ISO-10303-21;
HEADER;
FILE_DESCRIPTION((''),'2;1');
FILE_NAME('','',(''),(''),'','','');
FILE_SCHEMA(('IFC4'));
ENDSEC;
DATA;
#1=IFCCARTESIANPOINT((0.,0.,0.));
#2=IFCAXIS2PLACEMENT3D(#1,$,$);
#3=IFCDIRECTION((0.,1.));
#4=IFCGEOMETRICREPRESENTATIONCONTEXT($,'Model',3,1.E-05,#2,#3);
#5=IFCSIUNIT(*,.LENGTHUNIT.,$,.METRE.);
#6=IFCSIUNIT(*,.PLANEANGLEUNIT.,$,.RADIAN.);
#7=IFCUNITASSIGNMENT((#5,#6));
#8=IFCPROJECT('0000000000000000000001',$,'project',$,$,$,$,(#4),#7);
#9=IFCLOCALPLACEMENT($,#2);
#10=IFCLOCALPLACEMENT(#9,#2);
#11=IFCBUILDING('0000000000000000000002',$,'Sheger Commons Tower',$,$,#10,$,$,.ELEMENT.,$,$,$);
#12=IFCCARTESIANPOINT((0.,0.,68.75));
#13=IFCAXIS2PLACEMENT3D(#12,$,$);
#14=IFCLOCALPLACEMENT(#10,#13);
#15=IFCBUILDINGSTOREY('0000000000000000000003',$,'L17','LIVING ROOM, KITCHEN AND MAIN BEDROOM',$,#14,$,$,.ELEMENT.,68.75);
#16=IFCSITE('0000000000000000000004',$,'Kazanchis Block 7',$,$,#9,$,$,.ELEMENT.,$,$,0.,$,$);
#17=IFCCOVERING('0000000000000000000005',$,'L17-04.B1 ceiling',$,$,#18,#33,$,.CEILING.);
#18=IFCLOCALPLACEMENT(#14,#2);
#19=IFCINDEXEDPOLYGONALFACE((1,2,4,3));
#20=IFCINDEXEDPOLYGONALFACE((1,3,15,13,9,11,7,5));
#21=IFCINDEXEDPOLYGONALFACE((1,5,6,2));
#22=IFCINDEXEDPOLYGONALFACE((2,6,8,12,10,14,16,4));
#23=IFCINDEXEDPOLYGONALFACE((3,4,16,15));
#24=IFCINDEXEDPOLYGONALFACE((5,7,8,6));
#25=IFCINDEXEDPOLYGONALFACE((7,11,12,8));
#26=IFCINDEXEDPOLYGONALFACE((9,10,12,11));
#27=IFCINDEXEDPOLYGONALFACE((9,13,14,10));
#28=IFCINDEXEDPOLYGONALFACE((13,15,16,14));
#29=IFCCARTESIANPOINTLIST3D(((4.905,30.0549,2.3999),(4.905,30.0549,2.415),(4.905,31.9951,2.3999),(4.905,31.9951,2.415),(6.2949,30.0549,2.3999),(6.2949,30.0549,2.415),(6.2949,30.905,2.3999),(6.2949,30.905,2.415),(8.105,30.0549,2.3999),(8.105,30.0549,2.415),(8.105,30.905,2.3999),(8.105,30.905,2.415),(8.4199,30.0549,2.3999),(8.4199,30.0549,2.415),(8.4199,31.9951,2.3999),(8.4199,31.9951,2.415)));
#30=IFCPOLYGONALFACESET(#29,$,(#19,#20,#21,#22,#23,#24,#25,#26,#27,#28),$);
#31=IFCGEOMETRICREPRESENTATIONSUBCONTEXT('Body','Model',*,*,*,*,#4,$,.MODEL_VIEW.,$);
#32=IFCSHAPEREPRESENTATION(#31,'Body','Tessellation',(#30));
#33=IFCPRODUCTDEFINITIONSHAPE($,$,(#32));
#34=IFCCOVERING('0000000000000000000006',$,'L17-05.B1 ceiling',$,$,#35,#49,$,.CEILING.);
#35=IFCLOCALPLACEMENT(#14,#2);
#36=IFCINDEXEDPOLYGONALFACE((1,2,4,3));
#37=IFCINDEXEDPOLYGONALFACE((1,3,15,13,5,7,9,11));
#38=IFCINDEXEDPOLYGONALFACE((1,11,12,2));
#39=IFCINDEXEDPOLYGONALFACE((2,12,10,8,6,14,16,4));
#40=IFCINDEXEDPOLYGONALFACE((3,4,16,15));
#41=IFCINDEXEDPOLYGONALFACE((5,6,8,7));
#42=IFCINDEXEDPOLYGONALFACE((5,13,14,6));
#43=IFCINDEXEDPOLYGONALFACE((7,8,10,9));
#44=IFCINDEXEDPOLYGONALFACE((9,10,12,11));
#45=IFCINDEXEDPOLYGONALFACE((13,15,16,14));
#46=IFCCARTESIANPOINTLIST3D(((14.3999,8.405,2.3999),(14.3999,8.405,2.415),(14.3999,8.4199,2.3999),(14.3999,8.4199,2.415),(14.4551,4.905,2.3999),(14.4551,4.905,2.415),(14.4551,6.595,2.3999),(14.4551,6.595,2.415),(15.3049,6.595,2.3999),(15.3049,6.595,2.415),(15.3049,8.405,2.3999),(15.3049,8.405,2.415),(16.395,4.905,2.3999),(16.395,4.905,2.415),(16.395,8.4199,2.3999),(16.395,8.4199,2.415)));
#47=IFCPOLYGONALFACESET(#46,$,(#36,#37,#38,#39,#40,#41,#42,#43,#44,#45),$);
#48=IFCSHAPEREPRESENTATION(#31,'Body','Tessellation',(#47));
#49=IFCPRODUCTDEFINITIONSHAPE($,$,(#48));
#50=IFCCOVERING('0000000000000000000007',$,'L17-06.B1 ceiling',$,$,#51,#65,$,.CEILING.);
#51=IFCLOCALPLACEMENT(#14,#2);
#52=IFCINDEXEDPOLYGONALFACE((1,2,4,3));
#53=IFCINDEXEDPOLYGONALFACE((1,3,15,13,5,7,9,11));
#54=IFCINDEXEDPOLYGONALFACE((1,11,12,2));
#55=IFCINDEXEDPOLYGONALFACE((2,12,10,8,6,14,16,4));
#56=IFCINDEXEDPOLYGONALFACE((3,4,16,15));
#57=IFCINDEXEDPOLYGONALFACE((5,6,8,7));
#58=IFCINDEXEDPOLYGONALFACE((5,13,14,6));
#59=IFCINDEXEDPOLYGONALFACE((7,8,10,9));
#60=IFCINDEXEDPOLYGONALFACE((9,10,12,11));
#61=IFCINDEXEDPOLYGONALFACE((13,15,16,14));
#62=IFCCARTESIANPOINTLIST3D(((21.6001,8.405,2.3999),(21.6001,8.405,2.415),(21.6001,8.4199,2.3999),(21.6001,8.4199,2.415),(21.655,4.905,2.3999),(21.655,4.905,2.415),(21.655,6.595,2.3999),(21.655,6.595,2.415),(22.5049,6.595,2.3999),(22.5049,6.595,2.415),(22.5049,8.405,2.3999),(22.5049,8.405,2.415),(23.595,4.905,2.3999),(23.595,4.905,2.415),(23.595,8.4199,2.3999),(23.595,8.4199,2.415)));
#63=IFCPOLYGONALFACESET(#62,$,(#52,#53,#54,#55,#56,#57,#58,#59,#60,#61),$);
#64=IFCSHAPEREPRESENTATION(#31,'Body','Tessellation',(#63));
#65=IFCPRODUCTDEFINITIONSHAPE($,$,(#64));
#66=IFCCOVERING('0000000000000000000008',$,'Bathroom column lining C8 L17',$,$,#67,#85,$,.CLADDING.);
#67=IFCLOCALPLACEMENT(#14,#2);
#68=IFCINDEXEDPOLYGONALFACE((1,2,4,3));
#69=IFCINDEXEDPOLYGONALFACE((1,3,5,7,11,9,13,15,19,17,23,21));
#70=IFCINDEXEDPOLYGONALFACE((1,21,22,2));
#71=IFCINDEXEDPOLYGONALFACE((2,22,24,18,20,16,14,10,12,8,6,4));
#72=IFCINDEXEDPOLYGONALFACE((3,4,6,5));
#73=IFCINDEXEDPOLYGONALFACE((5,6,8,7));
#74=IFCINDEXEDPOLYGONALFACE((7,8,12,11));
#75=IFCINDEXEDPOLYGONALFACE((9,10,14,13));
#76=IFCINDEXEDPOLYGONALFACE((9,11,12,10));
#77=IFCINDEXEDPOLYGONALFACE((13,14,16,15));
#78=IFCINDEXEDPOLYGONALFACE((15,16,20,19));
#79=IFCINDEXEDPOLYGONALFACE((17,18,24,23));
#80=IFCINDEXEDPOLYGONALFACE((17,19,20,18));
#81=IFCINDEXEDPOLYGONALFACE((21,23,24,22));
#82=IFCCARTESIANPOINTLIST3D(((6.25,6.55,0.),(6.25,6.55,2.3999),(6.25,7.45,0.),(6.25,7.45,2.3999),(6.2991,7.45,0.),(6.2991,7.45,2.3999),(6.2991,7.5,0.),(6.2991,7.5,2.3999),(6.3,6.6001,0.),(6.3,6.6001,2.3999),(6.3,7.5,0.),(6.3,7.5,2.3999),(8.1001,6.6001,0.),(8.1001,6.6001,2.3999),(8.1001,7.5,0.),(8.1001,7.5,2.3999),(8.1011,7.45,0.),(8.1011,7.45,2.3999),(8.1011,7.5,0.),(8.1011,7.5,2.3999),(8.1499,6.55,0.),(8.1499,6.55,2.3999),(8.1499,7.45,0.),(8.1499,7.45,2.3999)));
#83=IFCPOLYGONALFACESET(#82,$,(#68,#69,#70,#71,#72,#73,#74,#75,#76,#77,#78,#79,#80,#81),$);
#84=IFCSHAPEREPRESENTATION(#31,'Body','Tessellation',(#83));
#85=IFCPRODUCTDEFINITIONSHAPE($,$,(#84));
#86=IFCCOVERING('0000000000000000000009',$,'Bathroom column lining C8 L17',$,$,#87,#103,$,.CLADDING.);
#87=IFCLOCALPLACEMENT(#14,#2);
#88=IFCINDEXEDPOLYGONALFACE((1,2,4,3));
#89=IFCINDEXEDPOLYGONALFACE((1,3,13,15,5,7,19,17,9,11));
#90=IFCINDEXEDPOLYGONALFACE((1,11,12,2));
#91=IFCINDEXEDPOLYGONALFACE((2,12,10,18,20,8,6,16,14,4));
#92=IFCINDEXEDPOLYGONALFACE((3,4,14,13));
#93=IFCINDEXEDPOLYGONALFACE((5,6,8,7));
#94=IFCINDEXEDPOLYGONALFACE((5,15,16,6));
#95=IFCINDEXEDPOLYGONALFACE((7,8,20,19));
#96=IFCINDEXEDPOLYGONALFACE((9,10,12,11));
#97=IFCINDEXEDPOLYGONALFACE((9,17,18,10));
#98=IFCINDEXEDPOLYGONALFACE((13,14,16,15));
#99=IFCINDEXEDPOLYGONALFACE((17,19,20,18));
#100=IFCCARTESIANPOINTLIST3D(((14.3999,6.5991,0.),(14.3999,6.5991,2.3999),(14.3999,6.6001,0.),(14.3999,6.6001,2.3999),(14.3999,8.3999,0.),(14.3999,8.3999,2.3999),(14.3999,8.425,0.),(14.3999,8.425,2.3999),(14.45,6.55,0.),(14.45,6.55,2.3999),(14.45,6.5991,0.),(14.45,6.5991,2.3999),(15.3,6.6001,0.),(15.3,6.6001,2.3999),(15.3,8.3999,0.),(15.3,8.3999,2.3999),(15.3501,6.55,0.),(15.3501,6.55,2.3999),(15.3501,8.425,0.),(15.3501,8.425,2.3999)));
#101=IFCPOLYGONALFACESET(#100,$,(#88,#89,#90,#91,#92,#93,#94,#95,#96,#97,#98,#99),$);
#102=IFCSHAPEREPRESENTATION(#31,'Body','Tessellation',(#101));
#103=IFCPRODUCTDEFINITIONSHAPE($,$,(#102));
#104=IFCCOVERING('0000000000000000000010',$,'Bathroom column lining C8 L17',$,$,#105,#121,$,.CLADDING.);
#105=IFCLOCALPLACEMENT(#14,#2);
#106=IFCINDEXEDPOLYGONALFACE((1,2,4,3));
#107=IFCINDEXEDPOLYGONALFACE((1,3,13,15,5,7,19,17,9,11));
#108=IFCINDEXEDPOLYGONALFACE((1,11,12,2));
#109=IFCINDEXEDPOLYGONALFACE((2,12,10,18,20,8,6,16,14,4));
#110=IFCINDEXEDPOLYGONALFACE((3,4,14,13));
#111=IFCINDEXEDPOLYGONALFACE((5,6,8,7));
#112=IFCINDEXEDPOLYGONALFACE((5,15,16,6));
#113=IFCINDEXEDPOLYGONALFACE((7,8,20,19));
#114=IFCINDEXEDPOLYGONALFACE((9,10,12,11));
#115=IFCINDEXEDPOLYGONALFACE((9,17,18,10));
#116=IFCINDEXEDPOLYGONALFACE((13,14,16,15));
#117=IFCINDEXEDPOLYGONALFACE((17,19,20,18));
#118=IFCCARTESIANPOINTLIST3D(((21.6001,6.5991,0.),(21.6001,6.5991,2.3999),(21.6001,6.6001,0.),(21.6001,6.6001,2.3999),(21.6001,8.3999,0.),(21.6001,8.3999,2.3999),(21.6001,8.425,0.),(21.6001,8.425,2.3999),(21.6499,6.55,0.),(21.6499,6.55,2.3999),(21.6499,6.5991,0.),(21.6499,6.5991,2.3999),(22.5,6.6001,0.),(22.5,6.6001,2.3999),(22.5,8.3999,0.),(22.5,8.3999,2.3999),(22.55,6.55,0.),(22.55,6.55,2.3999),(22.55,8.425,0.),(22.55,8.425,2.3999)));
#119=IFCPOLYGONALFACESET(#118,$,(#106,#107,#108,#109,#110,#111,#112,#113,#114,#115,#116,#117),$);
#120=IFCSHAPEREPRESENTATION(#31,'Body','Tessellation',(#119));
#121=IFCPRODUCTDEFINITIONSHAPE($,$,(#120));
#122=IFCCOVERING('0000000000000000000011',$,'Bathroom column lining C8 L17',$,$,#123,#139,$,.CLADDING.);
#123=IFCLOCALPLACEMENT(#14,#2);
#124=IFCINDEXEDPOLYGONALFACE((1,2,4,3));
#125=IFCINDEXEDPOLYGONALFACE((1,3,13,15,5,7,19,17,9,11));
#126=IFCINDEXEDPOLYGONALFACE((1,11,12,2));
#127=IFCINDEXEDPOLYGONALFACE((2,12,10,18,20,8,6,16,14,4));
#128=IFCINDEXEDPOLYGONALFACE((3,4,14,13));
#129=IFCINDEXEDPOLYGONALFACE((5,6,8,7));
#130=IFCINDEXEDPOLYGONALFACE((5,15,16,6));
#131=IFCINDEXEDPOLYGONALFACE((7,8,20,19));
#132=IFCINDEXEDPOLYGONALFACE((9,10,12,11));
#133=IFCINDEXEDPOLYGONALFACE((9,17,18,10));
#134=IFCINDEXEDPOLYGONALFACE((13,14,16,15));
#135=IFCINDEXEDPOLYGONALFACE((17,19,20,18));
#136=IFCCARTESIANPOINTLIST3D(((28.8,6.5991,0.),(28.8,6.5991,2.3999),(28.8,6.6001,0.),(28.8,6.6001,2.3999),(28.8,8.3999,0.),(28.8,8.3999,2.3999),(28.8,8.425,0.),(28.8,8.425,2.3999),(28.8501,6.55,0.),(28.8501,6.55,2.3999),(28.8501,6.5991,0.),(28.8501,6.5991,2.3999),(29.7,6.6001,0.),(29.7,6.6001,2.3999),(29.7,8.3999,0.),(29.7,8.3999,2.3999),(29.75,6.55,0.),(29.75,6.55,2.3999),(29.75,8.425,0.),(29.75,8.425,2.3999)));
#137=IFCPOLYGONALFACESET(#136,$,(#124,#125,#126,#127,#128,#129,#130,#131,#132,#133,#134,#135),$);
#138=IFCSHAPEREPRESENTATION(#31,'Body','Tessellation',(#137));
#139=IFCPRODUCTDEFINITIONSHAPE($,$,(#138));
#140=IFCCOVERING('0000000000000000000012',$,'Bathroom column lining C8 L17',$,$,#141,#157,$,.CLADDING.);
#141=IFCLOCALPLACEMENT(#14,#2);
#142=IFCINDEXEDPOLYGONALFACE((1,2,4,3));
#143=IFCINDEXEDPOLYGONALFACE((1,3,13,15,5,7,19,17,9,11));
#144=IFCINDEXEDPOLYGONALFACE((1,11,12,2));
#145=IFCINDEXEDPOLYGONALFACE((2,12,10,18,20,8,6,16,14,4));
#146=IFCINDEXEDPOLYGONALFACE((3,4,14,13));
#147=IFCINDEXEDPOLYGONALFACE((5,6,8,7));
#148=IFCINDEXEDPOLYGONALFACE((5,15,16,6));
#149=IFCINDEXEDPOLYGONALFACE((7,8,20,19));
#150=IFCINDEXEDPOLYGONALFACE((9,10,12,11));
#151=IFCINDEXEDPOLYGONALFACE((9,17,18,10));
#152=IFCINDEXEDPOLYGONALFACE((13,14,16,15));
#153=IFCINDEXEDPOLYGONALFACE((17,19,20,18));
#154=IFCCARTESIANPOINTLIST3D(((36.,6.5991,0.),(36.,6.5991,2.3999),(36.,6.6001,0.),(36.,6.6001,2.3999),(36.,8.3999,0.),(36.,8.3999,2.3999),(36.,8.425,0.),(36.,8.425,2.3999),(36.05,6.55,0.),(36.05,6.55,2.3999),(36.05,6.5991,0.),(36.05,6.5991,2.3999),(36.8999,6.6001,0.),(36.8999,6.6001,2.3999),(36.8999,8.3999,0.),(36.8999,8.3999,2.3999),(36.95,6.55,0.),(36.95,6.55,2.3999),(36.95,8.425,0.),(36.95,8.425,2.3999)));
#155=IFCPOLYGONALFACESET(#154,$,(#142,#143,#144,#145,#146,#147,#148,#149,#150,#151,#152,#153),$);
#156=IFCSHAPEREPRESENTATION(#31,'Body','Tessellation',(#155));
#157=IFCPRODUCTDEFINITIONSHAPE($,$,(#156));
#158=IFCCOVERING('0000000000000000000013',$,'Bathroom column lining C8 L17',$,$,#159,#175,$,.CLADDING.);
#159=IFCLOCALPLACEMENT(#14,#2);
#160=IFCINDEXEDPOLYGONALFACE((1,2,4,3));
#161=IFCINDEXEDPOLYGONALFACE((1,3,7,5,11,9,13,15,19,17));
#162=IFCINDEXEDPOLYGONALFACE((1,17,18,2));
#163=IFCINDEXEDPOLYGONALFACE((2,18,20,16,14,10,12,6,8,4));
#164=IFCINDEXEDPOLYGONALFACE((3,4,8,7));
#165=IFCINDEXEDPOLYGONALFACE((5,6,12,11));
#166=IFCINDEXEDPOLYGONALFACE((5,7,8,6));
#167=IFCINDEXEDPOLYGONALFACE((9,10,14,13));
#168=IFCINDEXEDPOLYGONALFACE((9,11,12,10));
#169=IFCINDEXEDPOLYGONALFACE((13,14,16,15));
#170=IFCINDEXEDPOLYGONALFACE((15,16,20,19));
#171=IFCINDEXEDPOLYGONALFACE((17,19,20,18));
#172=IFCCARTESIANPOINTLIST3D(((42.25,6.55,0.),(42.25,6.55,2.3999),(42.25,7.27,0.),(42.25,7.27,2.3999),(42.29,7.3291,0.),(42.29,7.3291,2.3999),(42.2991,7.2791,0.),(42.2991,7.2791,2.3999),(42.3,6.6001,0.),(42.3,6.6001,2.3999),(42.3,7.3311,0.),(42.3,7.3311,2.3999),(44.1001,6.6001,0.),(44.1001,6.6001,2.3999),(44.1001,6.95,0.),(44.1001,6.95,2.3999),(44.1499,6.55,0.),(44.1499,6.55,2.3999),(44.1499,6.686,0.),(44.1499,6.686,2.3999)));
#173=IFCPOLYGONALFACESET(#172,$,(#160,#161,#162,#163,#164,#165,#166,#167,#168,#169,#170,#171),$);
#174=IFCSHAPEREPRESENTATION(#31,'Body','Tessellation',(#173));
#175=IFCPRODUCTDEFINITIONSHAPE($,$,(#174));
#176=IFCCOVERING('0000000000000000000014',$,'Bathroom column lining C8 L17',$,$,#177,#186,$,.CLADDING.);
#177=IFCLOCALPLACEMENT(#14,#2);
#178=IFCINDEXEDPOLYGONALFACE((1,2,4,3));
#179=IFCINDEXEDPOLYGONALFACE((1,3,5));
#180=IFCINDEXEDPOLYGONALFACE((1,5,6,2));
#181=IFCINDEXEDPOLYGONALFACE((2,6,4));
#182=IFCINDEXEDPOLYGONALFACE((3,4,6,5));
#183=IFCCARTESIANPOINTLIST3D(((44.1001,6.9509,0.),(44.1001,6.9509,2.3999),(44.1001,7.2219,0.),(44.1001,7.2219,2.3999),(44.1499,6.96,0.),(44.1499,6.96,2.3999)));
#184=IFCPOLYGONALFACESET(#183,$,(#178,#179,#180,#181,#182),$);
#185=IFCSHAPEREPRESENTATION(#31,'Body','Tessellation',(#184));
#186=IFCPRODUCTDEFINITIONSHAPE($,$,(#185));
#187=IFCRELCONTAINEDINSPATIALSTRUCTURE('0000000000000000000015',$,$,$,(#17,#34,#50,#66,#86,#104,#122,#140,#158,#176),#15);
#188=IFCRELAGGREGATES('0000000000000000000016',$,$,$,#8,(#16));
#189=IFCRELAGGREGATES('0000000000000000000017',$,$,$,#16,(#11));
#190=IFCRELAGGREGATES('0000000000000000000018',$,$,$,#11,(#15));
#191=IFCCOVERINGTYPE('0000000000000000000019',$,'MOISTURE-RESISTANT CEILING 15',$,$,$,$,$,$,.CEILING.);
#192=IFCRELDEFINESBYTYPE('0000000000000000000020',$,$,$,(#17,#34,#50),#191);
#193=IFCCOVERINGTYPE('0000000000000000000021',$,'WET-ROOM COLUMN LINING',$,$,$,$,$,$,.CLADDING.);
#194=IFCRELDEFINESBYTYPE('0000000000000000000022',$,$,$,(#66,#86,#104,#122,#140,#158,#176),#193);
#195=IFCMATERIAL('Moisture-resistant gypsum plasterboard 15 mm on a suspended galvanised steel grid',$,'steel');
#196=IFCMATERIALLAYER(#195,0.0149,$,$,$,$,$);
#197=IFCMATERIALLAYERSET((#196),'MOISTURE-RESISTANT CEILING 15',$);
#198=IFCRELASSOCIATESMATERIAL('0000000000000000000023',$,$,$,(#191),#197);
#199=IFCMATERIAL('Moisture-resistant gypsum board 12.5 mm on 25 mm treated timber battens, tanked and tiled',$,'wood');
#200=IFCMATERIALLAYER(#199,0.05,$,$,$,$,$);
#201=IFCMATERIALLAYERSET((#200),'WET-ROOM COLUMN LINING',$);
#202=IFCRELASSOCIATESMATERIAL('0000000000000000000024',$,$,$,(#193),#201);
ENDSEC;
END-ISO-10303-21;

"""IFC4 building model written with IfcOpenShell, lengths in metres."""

from ifc_helpers import new_model, si_unit, direction, frame, origin, place, context, subcontext, project, spatial, polyline, outline, extrude, material, layer, layer_set, type_object, element, save


model = new_model("IFC4")

# Units and contexts
model_context = context("Model", 3, precision=1e-05, world=origin(), true_north=direction((0.0, 1.0)))
body_context = subcontext(model_context, "Body", "Model", "MODEL_VIEW")
ifc_project = project(units=[si_unit("LENGTHUNIT", "METRE"), si_unit("PLANEANGLEUNIT", "RADIAN")], contexts=[model_context])

# Site, building, storey
site_placement = place(None, origin())
site = spatial("IfcSite", under=ifc_project, at=site_placement, Name="Kazanchis Block 7", CompositionType="ELEMENT", RefElevation=0.0)
building_placement = place(site_placement, origin())
building = spatial("IfcBuilding", under=site, at=building_placement, Name="Sheger Commons Tower", CompositionType="ELEMENT")
storey_placement = place(building_placement, frame((0.0, 0.0, 68.75)))
storey = spatial("IfcBuildingStorey", under=building, at=storey_placement, Name="L17", Description="LIVING ROOM, KITCHEN AND MAIN BEDROOM", CompositionType="ELEMENT", Elevation=68.75)

# Coverings
ifc_material_1 = material(Name="Moisture-resistant gypsum plasterboard 15 mm on a suspended galvanised steel grid", Category="steel")
ifc_layer_1 = layer(ifc_material_1, 0.0149)
ifc_layer_set_1 = layer_set([ifc_layer_1], Name="MOISTURE-RESISTANT CEILING 15")
covering_type_1 = type_object("IfcCoveringType", Name="MOISTURE-RESISTANT CEILING 15", PredefinedType="CEILING", material=ifc_layer_set_1)
covering_1_placement = place(storey_placement, frame((0.0, 0.0, 2.3999)))
element("IfcCovering", 1, at=covering_1_placement, inside=storey, type_object=covering_type_1, Name="L17-04.B1 ceiling", PredefinedType="CEILING", context=body_context, shape_type="SweptSolid", body=[
    extrude(outline(polyline([(4.905, 30.0549), (6.2949, 30.0549), (6.2949, 30.905), (8.105, 30.905), (8.105, 30.0549), (8.4199, 30.0549), (8.4199, 31.9951), (4.905, 31.9951), (4.905, 30.0549)])), origin(), (0.0, 0.0, 1.0), 0.0151),
])
covering_2_placement = place(storey_placement, frame((0.0, 0.0, 2.3999)))
element("IfcCovering", 2, at=covering_2_placement, inside=storey, type_object=covering_type_1, Name="L17-05.B1 ceiling", PredefinedType="CEILING", context=body_context, shape_type="SweptSolid", body=[
    extrude(outline(polyline([(14.4551, 4.905), (16.395, 4.905), (16.395, 8.4199), (14.3999, 8.4199), (14.3999, 8.405), (15.3049, 8.405), (15.3049, 6.595), (14.4551, 6.595), (14.4551, 4.905)])), origin(), (0.0, 0.0, 1.0), 0.0151),
])
covering_3_placement = place(storey_placement, frame((0.0, 0.0, 2.3999)))
element("IfcCovering", 3, at=covering_3_placement, inside=storey, type_object=covering_type_1, Name="L17-06.B1 ceiling", PredefinedType="CEILING", context=body_context, shape_type="SweptSolid", body=[
    extrude(outline(polyline([(21.655, 4.905), (23.595, 4.905), (23.595, 8.4199), (21.6001, 8.4199), (21.6001, 8.405), (22.5049, 8.405), (22.5049, 6.595), (21.655, 6.595), (21.655, 4.905)])), origin(), (0.0, 0.0, 1.0), 0.0151),
])
ifc_material_2 = material(Name="Moisture-resistant gypsum board 12.5 mm on 25 mm treated timber battens, tanked and tiled", Category="wood")
ifc_layer_2 = layer(ifc_material_2, 0.05)
ifc_layer_set_2 = layer_set([ifc_layer_2], Name="WET-ROOM COLUMN LINING")
covering_type_2 = type_object("IfcCoveringType", Name="WET-ROOM COLUMN LINING", PredefinedType="CLADDING", material=ifc_layer_set_2)
covering_4_placement = place(storey_placement, origin())
element("IfcCovering", 4, at=covering_4_placement, inside=storey, type_object=covering_type_2, Name="Bathroom column lining C8 L17", PredefinedType="CLADDING", context=body_context, shape_type="SweptSolid", body=[
    extrude(outline(polyline([(6.3, 7.5), (6.3, 6.6001), (8.1001, 6.6001), (8.1001, 7.5), (8.1011, 7.5), (8.1011, 7.45), (8.1499, 7.45), (8.1499, 6.55), (6.25, 6.55), (6.25, 7.45), (6.2991, 7.45), (6.2991, 7.5), (6.3, 7.5)])), origin(), (0.0, 0.0, 1.0), 2.3999),
])
covering_5_placement = place(storey_placement, origin())
element("IfcCovering", 5, at=covering_5_placement, inside=storey, type_object=covering_type_2, Name="Bathroom column lining C8 L17", PredefinedType="CLADDING", context=body_context, shape_type="SweptSolid", body=[
    extrude(outline(polyline([(15.3501, 6.55), (14.45, 6.55), (14.45, 6.5991), (14.3999, 6.5991), (14.3999, 6.6001), (15.3, 6.6001), (15.3, 8.3999), (14.3999, 8.3999), (14.3999, 8.425), (15.3501, 8.425), (15.3501, 6.55)])), origin(), (0.0, 0.0, 1.0), 2.3999),
])
covering_6_placement = place(storey_placement, origin())
element("IfcCovering", 6, at=covering_6_placement, inside=storey, type_object=covering_type_2, Name="Bathroom column lining C8 L17", PredefinedType="CLADDING", context=body_context, shape_type="SweptSolid", body=[
    extrude(outline(polyline([(22.55, 6.55), (21.6499, 6.55), (21.6499, 6.5991), (21.6001, 6.5991), (21.6001, 6.6001), (22.5, 6.6001), (22.5, 8.3999), (21.6001, 8.3999), (21.6001, 8.425), (22.55, 8.425), (22.55, 6.55)])), origin(), (0.0, 0.0, 1.0), 2.3999),
])
covering_7_placement = place(storey_placement, origin())
element("IfcCovering", 7, at=covering_7_placement, inside=storey, type_object=covering_type_2, Name="Bathroom column lining C8 L17", PredefinedType="CLADDING", context=body_context, shape_type="SweptSolid", body=[
    extrude(outline(polyline([(29.75, 6.55), (28.8501, 6.55), (28.8501, 6.5991), (28.8, 6.5991), (28.8, 6.6001), (29.7, 6.6001), (29.7, 8.3999), (28.8, 8.3999), (28.8, 8.425), (29.75, 8.425), (29.75, 6.55)])), origin(), (0.0, 0.0, 1.0), 2.3999),
])
covering_8_placement = place(storey_placement, origin())
element("IfcCovering", 8, at=covering_8_placement, inside=storey, type_object=covering_type_2, Name="Bathroom column lining C8 L17", PredefinedType="CLADDING", context=body_context, shape_type="SweptSolid", body=[
    extrude(outline(polyline([(36.95, 6.55), (36.05, 6.55), (36.05, 6.5991), (36.0, 6.5991), (36.0, 6.6001), (36.8999, 6.6001), (36.8999, 8.3999), (36.0, 8.3999), (36.0, 8.425), (36.95, 8.425), (36.95, 6.55)])), origin(), (0.0, 0.0, 1.0), 2.3999),
])
covering_9_placement = place(storey_placement, origin())
element("IfcCovering", 9, at=covering_9_placement, inside=storey, type_object=covering_type_2, Name="Bathroom column lining C8 L17", PredefinedType="CLADDING", context=body_context, shape_type="SweptSolid", body=[
    extrude(outline(polyline([(42.3, 7.3311), (42.3, 6.6001), (44.1001, 6.6001), (44.1001, 6.95), (44.1499, 6.686), (44.1499, 6.55), (42.25, 6.55), (42.25, 7.27), (42.2991, 7.2791), (42.29, 7.3291), (42.3, 7.3311)])), origin(), (0.0, 0.0, 1.0), 2.3999),
])
covering_10_placement = place(storey_placement, origin())
element("IfcCovering", 10, at=covering_10_placement, inside=storey, type_object=covering_type_2, Name="Bathroom column lining C8 L17", PredefinedType="CLADDING", context=body_context, shape_type="SweptSolid", body=[
    extrude(outline(polyline([(44.1001, 7.2219), (44.1499, 6.96), (44.1001, 6.9509), (44.1001, 7.2219)])), origin(), (0.0, 0.0, 1.0), 2.3999),
])

save(model, "model.ifc")
